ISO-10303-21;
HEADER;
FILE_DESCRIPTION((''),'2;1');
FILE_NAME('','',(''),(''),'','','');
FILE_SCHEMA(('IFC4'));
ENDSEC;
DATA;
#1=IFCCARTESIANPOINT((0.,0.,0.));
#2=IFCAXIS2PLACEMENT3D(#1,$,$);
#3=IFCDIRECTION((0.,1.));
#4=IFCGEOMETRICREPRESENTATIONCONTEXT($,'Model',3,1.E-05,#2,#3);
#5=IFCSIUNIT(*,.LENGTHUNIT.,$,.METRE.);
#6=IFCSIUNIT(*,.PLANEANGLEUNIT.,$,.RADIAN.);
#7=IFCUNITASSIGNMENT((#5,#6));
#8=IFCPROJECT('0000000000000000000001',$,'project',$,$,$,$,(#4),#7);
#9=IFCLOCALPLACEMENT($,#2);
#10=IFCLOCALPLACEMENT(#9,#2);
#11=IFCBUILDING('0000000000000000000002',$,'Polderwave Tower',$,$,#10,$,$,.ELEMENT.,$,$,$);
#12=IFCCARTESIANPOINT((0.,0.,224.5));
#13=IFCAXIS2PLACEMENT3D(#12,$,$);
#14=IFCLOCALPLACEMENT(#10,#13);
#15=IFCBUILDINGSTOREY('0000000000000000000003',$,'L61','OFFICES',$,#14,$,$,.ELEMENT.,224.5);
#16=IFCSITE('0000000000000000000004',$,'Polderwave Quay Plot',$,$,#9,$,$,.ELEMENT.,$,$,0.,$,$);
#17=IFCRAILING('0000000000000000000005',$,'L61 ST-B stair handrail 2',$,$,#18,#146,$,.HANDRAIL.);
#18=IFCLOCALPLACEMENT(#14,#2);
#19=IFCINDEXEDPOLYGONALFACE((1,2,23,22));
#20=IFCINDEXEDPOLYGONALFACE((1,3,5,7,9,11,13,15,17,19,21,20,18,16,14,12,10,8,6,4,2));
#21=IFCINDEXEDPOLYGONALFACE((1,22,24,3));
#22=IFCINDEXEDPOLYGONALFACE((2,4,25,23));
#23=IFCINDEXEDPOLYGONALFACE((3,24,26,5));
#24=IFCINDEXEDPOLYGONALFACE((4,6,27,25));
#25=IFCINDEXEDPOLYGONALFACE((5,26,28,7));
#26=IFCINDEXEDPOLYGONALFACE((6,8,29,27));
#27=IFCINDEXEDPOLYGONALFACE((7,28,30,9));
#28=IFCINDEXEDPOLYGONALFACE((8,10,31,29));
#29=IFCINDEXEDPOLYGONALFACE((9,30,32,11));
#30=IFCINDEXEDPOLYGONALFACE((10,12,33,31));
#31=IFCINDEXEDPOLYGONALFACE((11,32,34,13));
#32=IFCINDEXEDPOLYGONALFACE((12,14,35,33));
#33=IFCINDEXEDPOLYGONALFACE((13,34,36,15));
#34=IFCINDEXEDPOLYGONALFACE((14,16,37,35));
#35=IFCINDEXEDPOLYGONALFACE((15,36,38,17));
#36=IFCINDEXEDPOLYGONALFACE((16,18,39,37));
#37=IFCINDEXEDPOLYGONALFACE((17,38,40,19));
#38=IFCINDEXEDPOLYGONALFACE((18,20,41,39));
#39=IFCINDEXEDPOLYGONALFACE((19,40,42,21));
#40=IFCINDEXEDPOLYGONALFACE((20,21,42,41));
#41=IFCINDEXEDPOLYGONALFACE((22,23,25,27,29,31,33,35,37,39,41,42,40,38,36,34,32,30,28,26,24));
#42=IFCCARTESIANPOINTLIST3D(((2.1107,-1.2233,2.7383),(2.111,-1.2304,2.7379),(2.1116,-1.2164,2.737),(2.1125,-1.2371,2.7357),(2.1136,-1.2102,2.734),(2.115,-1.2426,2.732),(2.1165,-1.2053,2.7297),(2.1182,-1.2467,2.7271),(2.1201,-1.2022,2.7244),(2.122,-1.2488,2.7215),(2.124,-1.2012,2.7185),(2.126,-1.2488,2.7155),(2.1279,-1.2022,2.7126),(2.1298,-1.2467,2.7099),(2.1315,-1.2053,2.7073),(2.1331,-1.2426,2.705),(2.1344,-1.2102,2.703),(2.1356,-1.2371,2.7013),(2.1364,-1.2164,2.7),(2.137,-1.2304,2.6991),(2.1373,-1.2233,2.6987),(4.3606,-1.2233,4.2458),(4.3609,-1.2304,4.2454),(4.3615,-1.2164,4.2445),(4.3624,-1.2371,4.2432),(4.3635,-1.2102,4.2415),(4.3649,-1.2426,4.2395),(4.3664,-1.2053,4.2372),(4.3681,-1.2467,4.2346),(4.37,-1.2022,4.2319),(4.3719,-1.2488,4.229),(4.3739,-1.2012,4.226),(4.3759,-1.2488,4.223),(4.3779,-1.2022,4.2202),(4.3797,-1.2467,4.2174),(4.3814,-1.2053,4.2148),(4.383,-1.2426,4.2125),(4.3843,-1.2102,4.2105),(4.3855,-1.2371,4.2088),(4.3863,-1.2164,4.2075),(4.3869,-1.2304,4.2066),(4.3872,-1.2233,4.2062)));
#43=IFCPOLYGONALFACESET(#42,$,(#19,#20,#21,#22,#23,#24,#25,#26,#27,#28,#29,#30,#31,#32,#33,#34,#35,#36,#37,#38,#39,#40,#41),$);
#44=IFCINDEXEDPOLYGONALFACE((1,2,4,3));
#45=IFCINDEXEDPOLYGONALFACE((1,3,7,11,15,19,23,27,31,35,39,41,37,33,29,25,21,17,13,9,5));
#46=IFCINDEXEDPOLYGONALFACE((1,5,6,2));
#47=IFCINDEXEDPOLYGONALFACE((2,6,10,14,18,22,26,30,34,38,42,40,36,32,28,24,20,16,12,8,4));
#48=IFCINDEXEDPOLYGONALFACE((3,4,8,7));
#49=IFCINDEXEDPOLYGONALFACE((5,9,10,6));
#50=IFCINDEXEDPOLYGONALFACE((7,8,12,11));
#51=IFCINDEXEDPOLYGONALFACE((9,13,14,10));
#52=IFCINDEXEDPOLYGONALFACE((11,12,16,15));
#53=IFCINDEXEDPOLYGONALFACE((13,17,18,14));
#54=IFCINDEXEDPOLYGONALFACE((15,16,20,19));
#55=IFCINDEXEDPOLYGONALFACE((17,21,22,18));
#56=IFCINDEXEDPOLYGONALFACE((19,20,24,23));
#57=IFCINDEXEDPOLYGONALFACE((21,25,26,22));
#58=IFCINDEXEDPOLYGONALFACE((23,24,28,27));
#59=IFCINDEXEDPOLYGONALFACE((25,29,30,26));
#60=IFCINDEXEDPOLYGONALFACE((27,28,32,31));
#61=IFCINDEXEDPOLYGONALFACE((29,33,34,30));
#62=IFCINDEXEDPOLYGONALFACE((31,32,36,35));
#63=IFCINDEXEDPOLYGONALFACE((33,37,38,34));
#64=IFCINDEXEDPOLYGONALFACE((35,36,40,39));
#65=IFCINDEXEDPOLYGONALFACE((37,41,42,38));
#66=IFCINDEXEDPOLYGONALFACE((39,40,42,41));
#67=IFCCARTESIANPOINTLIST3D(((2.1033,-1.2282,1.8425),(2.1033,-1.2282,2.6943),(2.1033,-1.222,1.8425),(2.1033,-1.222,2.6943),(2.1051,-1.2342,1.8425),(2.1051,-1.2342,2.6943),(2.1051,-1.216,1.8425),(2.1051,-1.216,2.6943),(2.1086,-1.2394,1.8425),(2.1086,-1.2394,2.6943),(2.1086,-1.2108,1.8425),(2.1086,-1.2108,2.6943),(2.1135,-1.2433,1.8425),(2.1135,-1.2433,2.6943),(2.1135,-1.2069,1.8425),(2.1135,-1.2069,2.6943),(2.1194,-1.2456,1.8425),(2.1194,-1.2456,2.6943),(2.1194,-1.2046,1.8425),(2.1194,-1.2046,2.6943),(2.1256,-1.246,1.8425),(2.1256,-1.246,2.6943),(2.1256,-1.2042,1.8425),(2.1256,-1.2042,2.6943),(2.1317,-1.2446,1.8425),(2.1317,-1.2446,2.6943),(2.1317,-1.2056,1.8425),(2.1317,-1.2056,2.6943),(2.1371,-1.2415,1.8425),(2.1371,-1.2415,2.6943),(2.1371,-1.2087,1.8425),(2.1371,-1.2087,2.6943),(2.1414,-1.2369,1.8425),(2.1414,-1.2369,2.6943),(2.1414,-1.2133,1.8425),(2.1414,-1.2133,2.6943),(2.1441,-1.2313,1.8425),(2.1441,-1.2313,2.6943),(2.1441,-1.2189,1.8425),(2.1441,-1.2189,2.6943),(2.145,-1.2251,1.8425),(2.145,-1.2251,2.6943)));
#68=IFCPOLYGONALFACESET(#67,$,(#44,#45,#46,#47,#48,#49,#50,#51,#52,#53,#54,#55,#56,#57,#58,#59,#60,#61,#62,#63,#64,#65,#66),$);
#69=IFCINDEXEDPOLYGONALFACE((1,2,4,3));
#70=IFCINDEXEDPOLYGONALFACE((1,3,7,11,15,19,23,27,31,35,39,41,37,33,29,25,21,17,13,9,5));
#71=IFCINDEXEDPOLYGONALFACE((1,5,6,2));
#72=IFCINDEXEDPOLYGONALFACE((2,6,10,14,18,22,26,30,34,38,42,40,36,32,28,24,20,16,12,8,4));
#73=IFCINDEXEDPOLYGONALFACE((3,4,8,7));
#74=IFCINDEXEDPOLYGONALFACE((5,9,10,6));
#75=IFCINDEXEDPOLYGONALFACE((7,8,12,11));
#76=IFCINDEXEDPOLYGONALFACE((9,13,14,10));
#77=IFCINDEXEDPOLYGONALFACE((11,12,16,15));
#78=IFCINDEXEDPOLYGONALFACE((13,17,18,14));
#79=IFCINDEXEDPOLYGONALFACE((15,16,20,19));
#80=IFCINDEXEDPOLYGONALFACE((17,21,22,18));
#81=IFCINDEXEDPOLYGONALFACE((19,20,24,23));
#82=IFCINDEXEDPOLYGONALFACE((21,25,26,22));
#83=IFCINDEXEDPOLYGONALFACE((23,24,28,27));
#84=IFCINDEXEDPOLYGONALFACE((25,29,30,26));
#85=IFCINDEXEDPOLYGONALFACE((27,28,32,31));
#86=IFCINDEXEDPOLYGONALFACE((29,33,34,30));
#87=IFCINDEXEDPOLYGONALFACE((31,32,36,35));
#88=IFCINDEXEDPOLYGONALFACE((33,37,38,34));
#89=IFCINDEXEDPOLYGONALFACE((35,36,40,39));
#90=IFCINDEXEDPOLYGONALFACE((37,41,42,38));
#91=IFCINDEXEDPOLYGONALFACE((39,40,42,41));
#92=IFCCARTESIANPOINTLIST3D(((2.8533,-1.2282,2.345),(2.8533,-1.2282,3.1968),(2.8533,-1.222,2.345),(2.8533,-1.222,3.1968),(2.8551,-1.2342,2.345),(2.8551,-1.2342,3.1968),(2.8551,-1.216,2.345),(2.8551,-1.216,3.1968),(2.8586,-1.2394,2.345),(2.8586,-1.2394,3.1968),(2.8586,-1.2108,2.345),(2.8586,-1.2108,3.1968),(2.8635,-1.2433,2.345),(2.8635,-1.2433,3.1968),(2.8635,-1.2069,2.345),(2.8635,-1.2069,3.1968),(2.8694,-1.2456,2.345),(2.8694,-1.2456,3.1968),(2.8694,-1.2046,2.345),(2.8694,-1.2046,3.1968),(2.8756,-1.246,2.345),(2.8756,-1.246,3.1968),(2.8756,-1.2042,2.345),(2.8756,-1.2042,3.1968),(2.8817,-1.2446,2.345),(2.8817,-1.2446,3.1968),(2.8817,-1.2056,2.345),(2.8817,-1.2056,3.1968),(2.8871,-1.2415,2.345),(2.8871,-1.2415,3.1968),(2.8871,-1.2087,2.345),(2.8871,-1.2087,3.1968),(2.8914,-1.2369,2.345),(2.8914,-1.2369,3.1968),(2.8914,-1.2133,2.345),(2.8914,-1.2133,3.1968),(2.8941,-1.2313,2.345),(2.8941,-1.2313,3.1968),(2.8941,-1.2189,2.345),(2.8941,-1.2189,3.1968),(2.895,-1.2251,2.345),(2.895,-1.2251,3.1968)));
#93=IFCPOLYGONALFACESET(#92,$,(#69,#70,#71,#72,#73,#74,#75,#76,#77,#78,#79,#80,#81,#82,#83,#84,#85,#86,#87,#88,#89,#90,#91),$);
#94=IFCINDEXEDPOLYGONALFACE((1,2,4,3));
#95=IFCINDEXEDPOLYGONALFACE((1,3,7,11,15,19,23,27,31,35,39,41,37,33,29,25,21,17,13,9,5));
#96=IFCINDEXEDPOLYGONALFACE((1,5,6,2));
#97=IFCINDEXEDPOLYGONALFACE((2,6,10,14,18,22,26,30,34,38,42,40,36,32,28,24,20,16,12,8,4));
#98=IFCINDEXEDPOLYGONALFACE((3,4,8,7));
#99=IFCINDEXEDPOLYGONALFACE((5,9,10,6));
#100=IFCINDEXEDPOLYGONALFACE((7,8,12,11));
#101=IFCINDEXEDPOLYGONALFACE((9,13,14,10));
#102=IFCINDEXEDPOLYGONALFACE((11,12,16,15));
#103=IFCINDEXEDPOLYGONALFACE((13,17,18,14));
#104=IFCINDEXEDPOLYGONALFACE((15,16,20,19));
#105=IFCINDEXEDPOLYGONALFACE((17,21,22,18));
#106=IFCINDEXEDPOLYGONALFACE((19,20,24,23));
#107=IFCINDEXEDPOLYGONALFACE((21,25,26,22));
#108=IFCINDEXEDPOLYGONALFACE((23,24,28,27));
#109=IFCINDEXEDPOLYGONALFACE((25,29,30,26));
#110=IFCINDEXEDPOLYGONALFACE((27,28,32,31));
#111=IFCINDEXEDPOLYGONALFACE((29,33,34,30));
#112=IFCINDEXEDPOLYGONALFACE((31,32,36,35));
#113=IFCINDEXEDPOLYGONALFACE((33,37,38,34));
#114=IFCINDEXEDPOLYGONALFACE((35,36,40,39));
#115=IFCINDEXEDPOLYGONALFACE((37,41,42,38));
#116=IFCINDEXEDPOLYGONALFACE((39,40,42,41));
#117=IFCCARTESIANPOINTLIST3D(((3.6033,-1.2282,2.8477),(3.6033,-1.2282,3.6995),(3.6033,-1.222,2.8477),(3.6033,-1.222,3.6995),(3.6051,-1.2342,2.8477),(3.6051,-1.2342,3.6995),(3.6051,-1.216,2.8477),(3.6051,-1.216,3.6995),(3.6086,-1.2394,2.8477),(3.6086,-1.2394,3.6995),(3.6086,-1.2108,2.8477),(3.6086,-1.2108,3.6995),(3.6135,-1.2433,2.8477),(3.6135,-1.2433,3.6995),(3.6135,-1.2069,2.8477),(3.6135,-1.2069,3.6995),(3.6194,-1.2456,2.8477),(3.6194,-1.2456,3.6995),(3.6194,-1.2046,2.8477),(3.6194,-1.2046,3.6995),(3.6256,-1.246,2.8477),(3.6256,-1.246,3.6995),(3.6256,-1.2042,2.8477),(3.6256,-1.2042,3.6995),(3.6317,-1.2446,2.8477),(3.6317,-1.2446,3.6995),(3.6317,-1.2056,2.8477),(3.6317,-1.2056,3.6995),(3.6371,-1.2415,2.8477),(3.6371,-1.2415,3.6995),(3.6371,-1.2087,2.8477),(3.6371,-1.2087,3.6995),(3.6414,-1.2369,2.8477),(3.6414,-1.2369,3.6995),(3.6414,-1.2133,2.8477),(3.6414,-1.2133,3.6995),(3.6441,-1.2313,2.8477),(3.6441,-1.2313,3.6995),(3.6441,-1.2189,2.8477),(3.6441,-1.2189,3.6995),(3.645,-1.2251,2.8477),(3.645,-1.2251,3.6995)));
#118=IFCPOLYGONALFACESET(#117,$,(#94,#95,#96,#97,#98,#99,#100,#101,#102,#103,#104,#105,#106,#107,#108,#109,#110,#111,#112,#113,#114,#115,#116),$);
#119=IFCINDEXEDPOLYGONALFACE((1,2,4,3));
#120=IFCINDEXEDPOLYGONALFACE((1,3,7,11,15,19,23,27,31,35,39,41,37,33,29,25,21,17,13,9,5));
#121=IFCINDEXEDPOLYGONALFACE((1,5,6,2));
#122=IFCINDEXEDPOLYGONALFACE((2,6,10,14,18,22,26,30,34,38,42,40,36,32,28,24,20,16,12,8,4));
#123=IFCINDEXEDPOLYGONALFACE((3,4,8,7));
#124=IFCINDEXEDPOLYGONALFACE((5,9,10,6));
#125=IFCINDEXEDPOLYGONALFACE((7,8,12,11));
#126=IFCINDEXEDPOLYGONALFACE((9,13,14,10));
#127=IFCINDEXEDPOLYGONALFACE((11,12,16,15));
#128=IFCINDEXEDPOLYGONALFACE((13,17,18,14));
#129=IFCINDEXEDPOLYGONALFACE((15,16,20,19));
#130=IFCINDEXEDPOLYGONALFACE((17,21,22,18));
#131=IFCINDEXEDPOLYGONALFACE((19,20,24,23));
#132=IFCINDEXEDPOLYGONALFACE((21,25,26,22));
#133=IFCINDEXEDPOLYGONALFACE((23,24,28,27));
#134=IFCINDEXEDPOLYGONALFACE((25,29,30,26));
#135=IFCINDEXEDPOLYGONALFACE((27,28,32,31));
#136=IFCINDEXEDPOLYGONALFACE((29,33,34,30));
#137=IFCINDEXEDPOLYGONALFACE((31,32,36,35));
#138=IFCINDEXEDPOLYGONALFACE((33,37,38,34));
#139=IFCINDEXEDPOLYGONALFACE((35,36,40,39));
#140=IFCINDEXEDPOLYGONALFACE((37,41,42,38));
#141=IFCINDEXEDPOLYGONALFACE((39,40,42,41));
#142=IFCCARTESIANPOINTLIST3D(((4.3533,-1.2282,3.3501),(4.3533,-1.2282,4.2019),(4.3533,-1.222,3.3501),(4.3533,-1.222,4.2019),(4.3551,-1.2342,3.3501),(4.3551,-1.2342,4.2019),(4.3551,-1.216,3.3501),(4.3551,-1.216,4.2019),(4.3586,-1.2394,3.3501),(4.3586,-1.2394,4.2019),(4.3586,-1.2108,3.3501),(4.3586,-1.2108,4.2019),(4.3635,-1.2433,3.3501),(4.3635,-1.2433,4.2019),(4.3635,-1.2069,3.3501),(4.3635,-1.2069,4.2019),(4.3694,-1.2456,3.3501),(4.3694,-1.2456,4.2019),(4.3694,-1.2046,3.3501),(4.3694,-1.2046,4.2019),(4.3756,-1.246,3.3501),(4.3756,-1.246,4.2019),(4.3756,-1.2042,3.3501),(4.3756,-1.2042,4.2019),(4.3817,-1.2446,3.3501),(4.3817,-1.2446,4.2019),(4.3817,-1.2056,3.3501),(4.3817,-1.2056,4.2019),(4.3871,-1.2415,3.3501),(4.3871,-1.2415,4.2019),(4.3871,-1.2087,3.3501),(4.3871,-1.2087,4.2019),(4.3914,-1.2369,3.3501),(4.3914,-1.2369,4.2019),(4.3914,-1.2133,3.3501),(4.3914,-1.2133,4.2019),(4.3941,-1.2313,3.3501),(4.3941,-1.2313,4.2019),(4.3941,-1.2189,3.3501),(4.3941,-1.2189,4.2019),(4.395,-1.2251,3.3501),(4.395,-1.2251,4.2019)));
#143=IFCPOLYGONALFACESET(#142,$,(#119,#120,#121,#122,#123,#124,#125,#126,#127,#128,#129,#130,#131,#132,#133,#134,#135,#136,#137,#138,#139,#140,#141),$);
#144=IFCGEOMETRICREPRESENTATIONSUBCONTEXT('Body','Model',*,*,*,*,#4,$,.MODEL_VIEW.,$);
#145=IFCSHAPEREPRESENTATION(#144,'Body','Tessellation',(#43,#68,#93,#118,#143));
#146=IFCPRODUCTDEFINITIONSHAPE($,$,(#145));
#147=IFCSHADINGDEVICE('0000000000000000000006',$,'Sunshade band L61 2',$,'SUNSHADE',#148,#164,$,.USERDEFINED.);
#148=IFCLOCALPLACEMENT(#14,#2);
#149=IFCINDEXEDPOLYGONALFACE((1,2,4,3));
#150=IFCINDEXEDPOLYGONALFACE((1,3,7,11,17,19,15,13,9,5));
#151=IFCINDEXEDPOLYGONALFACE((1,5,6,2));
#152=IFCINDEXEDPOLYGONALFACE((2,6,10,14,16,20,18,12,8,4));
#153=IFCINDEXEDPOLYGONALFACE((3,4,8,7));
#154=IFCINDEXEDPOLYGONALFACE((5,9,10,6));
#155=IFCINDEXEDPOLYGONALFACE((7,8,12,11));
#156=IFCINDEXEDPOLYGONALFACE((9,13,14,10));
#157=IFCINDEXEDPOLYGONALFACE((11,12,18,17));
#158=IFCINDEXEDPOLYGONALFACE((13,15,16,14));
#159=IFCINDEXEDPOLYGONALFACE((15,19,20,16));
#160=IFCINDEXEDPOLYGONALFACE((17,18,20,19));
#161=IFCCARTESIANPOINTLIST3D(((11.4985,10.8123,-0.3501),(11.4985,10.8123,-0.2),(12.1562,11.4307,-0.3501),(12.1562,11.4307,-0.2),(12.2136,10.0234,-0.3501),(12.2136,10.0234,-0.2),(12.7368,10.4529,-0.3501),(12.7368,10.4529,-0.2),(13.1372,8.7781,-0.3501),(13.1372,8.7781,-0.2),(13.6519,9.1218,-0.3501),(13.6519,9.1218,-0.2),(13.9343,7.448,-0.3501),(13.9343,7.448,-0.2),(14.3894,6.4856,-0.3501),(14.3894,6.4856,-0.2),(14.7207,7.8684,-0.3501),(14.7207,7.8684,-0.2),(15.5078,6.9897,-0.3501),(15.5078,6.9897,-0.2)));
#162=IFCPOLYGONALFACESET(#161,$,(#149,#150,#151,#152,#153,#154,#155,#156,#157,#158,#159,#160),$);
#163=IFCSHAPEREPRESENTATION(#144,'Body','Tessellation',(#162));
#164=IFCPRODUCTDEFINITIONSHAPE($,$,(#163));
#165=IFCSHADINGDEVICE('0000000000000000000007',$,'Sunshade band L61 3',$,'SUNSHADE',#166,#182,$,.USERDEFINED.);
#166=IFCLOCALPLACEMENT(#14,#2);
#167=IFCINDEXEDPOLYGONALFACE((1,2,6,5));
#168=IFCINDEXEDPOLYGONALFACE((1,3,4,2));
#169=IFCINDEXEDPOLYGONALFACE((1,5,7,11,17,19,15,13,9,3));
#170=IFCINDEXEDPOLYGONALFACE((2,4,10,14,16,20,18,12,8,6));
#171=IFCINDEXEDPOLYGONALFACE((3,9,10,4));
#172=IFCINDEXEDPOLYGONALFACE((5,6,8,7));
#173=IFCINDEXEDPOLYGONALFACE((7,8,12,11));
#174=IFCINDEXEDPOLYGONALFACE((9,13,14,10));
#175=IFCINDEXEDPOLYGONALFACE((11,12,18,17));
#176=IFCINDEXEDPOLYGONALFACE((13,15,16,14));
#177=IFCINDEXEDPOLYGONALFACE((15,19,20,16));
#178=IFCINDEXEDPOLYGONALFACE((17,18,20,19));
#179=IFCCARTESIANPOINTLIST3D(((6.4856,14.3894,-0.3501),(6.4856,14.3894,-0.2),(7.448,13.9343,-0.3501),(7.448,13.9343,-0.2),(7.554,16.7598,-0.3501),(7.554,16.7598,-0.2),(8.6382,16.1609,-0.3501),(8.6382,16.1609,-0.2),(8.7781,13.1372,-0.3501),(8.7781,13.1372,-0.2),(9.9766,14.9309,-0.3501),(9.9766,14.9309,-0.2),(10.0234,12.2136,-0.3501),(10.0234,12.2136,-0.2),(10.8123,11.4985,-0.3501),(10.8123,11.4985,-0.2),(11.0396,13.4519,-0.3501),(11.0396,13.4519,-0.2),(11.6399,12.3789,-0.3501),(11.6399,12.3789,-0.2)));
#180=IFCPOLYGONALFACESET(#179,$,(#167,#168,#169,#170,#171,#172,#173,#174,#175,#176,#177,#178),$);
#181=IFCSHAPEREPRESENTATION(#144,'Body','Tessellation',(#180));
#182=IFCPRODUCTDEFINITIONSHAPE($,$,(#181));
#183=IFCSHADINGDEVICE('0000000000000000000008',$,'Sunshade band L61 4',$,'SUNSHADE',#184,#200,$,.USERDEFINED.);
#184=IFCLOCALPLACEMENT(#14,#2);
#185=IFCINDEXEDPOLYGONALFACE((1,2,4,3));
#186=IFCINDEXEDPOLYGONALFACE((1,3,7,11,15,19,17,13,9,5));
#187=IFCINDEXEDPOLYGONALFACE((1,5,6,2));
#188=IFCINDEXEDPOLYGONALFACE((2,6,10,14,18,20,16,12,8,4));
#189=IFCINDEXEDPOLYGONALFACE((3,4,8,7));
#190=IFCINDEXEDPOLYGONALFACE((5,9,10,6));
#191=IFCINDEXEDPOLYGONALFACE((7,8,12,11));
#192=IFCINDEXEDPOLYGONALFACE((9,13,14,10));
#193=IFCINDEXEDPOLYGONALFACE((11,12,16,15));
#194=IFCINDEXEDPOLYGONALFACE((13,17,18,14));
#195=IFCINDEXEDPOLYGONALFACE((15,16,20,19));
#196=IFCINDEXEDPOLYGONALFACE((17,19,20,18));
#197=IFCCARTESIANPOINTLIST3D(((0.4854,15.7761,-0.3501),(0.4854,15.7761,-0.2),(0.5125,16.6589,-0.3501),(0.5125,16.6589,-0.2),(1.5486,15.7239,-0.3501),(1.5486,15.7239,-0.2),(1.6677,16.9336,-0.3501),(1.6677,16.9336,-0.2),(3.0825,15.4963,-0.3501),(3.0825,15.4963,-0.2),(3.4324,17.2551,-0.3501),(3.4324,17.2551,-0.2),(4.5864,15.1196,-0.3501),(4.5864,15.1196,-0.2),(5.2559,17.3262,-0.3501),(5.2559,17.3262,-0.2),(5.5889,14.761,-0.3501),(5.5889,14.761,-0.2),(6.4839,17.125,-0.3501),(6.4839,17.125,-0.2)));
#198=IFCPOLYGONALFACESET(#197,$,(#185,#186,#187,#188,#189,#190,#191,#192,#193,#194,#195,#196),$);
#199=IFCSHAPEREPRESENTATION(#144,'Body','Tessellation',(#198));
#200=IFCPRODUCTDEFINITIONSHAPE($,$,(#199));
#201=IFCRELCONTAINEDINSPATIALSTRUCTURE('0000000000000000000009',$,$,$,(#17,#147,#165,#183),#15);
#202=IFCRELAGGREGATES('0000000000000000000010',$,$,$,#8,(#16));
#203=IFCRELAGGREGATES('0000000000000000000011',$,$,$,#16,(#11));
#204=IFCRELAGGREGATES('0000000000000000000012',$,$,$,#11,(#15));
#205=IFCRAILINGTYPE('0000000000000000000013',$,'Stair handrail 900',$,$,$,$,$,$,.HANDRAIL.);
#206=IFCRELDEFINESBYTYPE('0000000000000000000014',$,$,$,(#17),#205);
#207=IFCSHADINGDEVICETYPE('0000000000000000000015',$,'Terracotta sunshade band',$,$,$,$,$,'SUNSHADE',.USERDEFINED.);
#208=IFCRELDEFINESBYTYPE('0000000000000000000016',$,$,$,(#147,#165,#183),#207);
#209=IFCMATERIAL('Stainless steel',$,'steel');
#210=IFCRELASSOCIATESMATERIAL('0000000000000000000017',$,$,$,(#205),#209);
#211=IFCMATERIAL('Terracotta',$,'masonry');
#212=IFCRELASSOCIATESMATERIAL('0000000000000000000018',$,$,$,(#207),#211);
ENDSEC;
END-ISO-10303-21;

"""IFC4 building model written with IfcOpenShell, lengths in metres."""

from ifc_helpers import new_model, si_unit, direction, frame, origin, origin_2d, place, context, subcontext, project, spatial, polyline, circle, outline, extrude, material, type_object, element, save


model = new_model("IFC4")

# Units and contexts
model_context = context("Model", 3, precision=1e-05, world=origin(), true_north=direction((0.0, 1.0)))
body_context = subcontext(model_context, "Body", "Model", "MODEL_VIEW")
ifc_project = project(units=[si_unit("LENGTHUNIT", "METRE"), si_unit("PLANEANGLEUNIT", "RADIAN")], contexts=[model_context])

# Site, building, storey
site_placement = place(None, origin())
site = spatial("IfcSite", under=ifc_project, at=site_placement, Name="Polderwave Quay Plot", CompositionType="ELEMENT", RefElevation=0.0)
building_placement = place(site_placement, origin())
building = spatial("IfcBuilding", under=site, at=building_placement, Name="Polderwave Tower", CompositionType="ELEMENT")
storey_placement = place(building_placement, frame((0.0, 0.0, 224.5)))
storey = spatial("IfcBuildingStorey", under=building, at=storey_placement, Name="L61", Description="OFFICES", CompositionType="ELEMENT", Elevation=224.5)

# Railing
ifc_material_1 = material(Name="Stainless steel", Category="steel")
railing_type_1 = type_object("IfcRailingType", Name="Stair handrail 900", PredefinedType="HANDRAIL", material=ifc_material_1)
railing_1_placement = place(storey_placement, frame((2.124, -1.2251, 1.8425)))
element("IfcRailing", 1, at=railing_1_placement, inside=storey, type_object=railing_type_1, Name="L61 ST-B stair handrail 2", PredefinedType="HANDRAIL", context=body_context, shape_type="SweptSolid", body=[
    extrude(circle(Radius=0.0239, at=origin_2d()), frame((0.0, 0.0, 0.876), z_axis=(0.830758, 0.0, 0.556633), x_axis=(0.0, 1.0, 0.0)), (0.0, 0.0, 1.0), 2.7083),
    extrude(circle(Radius=0.021, at=origin_2d()), origin(), (0.0, 0.0, 1.0), 0.8518),
    extrude(circle(Radius=0.021, at=origin_2d()), frame((0.75, 0.0, 0.5024)), (0.0, 0.0, 1.0), 0.8518),
    extrude(circle(Radius=0.021, at=origin_2d()), frame((1.5, 0.0, 1.0051)), (0.0, 0.0, 1.0), 0.8518),
    extrude(circle(Radius=0.021, at=origin_2d()), frame((2.25, 0.0, 1.5076)), (0.0, 0.0, 1.0), 0.8518),
])

# Shading devices
ifc_material_2 = material(Name="Terracotta", Category="masonry")
shading_device_type = type_object("IfcShadingDeviceType", Name="Terracotta sunshade band", ElementType="SUNSHADE", PredefinedType="USERDEFINED", material=ifc_material_2)
shading_device_1_placement = place(storey_placement, frame((0.0, 0.0, -0.3501)))
element("IfcShadingDevice", 2, at=shading_device_1_placement, inside=storey, type_object=shading_device_type, Name="Sunshade band L61 2", ObjectType="SUNSHADE", PredefinedType="USERDEFINED", context=body_context, shape_type="SweptSolid", body=[
    extrude(outline(polyline([(14.3894, 6.4856), (13.9343, 7.448), (13.1372, 8.7781), (12.2136, 10.0234), (11.4985, 10.8123), (12.1562, 11.4307), (12.7368, 10.4529), (13.6519, 9.1218), (14.7207, 7.8684), (15.5078, 6.9897), (14.3894, 6.4856)])), origin(), (0.0, 0.0, 1.0), 0.1501),
])
shading_device_2_placement = place(storey_placement, frame((0.0, 0.0, -0.3501)))
element("IfcShadingDevice", 3, at=shading_device_2_placement, inside=storey, type_object=shading_device_type, Name="Sunshade band L61 3", ObjectType="SUNSHADE", PredefinedType="USERDEFINED", context=body_context, shape_type="SweptSolid", body=[
    extrude(outline(polyline([(10.8123, 11.4985), (10.0234, 12.2136), (8.7781, 13.1372), (7.448, 13.9343), (6.4856, 14.3894), (7.554, 16.7598), (8.6382, 16.1609), (9.9766, 14.9309), (11.0396, 13.4519), (11.6399, 12.3789), (10.8123, 11.4985)])), origin(), (0.0, 0.0, 1.0), 0.1501),
])
shading_device_3_placement = place(storey_placement, frame((0.0, 0.0, -0.3501)))
element("IfcShadingDevice", 4, at=shading_device_3_placement, inside=storey, type_object=shading_device_type, Name="Sunshade band L61 4", ObjectType="SUNSHADE", PredefinedType="USERDEFINED", context=body_context, shape_type="SweptSolid", body=[
    extrude(outline(polyline([(5.5889, 14.761), (4.5864, 15.1196), (3.0825, 15.4963), (1.5486, 15.7239), (0.4854, 15.7761), (0.5125, 16.6589), (1.6677, 16.9336), (3.4324, 17.2551), (5.2559, 17.3262), (6.4839, 17.125), (5.5889, 14.761)])), origin(), (0.0, 0.0, 1.0), 0.1501),
])

save(model, "model.ifc")
